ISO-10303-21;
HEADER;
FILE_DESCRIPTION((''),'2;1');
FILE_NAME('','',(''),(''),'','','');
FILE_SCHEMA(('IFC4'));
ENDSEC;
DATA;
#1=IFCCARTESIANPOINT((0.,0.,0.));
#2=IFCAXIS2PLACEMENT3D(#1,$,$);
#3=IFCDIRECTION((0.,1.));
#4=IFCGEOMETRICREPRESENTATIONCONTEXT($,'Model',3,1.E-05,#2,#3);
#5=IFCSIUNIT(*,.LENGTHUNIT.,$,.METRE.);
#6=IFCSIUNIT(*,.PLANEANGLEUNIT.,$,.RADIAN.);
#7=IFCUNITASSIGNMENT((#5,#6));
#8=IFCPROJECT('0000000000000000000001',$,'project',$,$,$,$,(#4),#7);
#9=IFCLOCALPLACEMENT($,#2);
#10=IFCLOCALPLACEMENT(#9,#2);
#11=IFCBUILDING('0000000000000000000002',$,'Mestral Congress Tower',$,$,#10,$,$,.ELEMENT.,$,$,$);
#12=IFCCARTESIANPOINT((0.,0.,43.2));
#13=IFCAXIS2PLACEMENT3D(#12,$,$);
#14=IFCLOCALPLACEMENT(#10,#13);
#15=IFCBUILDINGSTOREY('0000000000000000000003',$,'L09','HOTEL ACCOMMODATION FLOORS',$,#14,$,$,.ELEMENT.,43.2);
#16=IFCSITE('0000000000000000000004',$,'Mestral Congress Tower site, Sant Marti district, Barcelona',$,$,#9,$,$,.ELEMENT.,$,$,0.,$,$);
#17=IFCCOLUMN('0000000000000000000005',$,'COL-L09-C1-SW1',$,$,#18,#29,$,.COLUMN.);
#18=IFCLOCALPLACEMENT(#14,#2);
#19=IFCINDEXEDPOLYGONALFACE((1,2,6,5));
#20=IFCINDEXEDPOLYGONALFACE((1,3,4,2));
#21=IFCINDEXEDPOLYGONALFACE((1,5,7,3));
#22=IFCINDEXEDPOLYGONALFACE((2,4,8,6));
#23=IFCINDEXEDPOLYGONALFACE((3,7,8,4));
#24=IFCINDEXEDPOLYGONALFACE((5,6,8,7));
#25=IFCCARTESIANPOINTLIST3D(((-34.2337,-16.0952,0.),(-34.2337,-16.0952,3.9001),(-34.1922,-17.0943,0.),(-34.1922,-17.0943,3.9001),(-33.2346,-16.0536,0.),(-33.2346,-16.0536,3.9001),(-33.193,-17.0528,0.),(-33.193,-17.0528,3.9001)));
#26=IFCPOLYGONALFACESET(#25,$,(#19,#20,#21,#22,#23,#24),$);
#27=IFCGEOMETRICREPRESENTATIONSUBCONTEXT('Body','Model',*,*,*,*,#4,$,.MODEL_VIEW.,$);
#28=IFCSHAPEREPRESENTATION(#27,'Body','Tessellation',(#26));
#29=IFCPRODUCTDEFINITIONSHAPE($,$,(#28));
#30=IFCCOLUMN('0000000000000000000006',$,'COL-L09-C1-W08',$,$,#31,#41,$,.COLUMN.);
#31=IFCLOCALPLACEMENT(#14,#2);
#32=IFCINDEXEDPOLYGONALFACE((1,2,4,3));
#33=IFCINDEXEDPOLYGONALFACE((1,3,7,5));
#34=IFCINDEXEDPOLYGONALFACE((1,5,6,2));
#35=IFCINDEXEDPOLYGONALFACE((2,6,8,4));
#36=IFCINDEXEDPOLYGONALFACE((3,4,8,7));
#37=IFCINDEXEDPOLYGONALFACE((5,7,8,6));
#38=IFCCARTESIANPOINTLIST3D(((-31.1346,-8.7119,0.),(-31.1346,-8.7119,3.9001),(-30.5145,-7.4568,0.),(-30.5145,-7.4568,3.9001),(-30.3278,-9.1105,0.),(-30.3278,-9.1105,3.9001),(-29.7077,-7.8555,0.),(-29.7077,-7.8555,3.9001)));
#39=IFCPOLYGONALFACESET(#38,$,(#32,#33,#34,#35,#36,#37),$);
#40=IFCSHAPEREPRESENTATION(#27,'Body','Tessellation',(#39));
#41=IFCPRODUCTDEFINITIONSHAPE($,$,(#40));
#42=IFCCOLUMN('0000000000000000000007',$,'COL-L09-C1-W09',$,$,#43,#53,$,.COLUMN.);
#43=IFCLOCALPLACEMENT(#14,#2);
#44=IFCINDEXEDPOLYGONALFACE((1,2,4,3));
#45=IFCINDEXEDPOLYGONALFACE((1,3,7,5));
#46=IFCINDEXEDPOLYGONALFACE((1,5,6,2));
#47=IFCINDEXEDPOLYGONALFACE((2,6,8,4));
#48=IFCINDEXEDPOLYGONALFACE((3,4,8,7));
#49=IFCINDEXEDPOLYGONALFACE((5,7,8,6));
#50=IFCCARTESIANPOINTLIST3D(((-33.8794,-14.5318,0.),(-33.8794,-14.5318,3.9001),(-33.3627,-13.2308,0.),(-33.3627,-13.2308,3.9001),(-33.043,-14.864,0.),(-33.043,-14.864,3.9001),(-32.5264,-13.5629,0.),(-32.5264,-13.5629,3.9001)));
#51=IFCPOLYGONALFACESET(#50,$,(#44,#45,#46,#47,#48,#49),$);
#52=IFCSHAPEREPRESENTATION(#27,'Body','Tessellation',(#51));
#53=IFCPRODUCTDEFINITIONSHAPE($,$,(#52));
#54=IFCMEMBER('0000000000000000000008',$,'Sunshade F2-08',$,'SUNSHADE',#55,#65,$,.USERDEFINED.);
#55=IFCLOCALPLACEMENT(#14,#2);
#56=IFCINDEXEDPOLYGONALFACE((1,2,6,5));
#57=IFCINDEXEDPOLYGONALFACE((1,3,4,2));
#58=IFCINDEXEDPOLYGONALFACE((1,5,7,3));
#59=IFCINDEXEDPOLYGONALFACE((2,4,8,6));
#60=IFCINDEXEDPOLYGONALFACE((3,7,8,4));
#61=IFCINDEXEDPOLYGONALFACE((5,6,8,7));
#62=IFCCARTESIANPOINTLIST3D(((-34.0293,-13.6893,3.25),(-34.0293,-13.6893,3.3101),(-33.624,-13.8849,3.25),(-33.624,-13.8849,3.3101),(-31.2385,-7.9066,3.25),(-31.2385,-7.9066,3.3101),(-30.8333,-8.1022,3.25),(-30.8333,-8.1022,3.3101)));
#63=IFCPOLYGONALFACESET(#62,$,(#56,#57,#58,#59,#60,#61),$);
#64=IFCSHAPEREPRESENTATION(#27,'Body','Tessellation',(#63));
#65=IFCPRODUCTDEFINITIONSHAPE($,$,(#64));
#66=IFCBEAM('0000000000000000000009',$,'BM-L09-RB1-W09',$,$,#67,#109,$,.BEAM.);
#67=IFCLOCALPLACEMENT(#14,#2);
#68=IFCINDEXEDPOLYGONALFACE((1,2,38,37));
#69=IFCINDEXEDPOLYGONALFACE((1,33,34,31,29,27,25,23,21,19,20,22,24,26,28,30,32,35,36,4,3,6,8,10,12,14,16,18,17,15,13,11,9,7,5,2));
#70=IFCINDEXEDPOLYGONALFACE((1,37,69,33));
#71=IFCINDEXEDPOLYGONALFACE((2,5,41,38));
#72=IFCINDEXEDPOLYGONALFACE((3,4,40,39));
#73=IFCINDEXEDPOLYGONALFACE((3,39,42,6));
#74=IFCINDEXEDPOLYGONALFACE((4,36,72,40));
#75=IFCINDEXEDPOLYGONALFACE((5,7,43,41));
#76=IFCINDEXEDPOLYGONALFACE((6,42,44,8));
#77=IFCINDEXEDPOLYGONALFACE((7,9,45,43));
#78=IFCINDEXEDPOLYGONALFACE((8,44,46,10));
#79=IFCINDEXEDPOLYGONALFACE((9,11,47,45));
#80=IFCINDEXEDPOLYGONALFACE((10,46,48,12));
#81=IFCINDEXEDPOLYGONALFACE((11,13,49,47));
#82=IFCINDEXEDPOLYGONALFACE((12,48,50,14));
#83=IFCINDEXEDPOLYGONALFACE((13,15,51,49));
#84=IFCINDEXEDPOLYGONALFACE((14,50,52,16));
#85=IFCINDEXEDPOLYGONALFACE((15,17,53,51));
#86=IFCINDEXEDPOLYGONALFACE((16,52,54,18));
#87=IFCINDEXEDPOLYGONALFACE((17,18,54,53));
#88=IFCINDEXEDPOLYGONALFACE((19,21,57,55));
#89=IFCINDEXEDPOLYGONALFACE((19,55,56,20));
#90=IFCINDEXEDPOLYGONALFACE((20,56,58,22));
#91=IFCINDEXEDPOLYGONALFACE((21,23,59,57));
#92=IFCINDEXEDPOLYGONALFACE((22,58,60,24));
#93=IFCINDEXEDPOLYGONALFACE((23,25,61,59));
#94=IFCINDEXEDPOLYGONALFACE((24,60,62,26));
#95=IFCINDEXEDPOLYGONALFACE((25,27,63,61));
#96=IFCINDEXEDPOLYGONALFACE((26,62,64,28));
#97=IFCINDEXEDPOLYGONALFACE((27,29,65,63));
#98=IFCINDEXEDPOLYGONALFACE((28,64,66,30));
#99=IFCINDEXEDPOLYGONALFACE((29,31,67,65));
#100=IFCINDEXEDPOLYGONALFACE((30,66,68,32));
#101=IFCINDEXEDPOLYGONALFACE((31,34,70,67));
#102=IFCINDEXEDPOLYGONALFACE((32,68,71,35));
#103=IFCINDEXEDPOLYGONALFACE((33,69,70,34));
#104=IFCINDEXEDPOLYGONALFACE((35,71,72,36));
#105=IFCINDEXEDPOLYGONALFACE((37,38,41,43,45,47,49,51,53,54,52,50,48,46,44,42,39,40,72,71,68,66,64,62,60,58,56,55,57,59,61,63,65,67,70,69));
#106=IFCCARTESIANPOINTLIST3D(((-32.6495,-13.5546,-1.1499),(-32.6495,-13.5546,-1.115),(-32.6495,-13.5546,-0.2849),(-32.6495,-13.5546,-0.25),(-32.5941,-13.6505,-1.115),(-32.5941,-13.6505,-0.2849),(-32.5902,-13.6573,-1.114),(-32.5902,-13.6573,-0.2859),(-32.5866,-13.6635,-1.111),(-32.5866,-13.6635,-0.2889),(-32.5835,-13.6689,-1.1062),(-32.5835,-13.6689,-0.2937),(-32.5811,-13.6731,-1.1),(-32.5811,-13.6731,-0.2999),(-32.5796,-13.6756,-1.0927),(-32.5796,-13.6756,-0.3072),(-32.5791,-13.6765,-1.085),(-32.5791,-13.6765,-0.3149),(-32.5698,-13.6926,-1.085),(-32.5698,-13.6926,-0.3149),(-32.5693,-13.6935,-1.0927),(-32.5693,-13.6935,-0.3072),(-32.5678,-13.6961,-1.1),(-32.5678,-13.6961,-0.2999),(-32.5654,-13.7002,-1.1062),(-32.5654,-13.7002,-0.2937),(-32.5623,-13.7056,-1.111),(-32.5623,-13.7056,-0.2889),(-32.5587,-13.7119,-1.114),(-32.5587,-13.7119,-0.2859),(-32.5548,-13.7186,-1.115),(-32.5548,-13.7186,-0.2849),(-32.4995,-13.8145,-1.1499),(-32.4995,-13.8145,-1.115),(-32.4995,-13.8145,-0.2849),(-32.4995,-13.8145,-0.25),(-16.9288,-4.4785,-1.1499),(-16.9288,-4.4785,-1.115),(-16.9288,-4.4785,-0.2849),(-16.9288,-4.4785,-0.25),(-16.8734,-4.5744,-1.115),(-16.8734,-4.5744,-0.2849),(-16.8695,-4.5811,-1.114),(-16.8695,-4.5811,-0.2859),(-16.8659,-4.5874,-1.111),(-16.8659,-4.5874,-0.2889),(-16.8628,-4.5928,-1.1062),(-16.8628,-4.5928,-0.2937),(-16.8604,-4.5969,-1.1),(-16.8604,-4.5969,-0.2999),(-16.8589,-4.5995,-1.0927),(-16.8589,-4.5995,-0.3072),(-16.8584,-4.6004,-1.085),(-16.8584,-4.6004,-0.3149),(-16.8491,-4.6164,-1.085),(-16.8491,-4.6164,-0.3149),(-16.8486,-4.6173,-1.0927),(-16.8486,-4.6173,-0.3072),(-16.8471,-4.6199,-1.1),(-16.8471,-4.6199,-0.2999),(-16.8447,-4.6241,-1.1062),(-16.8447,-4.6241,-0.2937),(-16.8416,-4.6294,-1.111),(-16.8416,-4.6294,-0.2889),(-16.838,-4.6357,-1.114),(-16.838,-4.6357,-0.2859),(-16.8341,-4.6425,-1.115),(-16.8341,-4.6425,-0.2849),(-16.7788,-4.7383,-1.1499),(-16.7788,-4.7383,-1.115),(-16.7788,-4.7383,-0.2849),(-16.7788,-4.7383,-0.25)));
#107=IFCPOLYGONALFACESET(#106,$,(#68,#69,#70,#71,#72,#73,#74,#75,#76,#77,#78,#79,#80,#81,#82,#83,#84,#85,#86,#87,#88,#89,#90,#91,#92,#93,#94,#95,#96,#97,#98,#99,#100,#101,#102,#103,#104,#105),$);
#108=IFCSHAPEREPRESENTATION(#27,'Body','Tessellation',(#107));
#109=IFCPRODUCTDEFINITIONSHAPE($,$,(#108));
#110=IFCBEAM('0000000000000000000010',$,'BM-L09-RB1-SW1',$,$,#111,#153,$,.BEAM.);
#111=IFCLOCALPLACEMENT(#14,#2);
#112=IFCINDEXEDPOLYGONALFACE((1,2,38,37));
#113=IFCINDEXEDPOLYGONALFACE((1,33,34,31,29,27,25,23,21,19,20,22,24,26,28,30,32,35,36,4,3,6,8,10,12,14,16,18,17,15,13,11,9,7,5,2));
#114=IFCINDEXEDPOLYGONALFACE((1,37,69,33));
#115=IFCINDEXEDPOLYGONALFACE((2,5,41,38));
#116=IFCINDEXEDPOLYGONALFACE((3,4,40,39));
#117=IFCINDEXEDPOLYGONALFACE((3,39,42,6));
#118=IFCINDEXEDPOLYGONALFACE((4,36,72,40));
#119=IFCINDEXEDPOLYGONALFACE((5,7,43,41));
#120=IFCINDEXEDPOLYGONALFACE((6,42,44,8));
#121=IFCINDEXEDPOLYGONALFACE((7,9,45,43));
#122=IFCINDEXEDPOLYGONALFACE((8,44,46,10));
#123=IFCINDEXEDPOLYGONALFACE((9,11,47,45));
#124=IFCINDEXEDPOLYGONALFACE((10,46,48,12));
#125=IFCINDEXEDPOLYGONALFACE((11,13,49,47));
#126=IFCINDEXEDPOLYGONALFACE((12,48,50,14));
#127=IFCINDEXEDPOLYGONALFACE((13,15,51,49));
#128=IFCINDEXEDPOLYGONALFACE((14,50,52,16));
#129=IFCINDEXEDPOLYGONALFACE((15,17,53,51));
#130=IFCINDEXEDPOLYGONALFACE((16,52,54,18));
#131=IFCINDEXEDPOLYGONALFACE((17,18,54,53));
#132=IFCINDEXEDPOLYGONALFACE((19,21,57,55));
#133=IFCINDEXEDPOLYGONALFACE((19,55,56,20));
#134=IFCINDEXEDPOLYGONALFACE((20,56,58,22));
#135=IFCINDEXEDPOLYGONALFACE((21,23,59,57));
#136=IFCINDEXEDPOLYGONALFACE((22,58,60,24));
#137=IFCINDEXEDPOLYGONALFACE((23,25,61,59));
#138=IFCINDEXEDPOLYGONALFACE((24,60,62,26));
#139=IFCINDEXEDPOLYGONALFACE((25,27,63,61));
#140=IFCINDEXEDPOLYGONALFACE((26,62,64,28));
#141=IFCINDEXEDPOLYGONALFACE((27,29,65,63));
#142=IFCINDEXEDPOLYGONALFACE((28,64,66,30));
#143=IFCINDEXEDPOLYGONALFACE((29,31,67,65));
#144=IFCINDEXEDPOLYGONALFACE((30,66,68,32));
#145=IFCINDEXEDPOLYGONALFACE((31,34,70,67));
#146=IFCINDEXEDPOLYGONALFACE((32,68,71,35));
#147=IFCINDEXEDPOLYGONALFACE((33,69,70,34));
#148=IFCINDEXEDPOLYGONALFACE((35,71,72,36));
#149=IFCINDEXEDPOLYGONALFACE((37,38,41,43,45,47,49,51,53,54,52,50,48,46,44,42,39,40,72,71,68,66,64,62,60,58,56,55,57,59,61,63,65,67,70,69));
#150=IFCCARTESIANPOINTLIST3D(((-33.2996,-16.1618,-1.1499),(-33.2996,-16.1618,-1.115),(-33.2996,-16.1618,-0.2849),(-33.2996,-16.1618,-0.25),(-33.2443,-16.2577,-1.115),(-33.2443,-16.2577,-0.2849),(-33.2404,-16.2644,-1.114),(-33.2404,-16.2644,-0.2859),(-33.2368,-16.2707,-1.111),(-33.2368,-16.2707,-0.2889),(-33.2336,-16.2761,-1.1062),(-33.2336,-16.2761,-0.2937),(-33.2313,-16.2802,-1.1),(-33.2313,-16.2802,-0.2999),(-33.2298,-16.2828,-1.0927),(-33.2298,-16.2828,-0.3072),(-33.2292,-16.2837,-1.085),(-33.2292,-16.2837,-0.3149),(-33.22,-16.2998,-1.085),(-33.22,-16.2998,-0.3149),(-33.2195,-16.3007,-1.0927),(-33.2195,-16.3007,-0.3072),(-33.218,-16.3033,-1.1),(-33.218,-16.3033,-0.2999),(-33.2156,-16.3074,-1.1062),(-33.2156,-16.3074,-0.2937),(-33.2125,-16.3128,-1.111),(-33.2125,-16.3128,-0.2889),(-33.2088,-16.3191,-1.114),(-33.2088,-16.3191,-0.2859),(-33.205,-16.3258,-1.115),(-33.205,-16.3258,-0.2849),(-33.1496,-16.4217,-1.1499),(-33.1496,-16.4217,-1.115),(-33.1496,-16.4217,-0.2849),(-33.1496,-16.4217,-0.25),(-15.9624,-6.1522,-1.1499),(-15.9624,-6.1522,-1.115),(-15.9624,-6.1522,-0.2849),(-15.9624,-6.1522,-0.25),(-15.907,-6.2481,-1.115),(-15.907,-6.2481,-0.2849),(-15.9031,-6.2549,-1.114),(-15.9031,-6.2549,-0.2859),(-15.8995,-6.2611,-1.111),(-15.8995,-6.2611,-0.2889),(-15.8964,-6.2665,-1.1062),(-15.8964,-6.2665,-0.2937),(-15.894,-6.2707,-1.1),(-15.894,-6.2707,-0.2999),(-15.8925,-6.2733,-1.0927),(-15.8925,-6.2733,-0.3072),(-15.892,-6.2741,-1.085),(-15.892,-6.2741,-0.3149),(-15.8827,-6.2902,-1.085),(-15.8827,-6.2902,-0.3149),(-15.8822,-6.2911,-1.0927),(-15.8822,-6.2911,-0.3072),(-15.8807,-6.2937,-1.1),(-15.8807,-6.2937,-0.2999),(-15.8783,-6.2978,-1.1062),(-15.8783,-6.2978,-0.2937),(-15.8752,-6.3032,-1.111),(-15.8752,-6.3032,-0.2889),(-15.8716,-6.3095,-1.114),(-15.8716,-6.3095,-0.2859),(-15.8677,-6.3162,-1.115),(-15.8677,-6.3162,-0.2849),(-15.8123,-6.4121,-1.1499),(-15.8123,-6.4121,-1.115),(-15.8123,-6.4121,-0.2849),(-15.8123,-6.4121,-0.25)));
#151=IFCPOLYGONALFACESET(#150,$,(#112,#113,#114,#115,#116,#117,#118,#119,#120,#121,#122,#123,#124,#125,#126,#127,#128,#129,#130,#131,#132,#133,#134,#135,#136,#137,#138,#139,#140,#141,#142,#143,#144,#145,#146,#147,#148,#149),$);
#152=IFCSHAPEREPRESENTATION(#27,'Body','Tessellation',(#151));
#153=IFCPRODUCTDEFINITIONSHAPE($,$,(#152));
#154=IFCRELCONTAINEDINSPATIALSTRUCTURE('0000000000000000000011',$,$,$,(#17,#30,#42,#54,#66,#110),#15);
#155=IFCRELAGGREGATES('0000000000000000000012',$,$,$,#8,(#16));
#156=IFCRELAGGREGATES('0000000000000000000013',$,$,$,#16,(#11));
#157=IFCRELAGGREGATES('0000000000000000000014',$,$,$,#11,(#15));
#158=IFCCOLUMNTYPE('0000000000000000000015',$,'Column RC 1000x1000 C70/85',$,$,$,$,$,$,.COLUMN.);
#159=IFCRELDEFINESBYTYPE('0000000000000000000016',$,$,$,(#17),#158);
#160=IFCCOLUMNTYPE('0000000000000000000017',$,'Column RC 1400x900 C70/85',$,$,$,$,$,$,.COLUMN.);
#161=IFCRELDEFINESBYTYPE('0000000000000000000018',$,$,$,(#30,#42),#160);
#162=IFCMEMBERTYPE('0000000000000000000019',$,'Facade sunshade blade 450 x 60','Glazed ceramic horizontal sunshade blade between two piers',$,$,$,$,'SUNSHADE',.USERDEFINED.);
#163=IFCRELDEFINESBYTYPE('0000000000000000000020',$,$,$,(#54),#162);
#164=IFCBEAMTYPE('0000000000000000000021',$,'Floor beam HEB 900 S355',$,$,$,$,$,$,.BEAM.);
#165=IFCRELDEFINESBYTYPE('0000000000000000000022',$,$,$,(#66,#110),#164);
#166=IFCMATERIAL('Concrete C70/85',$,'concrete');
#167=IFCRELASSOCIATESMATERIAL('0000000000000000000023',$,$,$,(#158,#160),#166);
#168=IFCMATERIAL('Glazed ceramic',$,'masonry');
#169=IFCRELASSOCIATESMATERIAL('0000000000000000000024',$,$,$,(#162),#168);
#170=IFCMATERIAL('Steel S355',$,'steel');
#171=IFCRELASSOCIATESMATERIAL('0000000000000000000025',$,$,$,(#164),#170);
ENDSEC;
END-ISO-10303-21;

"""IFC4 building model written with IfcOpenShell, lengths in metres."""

from ifc_helpers import new_model, si_unit, direction, frame, origin, origin_2d, place, context, subcontext, project, spatial, rectangle, i_section, extrude, material, material_profile, profile_set, type_object, element, save


model = new_model("IFC4")

# Units and contexts
model_context = context("Model", 3, precision=1e-05, world=origin(), true_north=direction((0.0, 1.0)))
body_context = subcontext(model_context, "Body", "Model", "MODEL_VIEW")
ifc_project = project(units=[si_unit("LENGTHUNIT", "METRE"), si_unit("PLANEANGLEUNIT", "RADIAN")], contexts=[model_context])

# Site, building, storey
site_placement = place(None, origin())
site = spatial("IfcSite", under=ifc_project, at=site_placement, Name="Mestral Congress Tower site, Sant Marti district, Barcelona", CompositionType="ELEMENT", RefElevation=0.0)
building_placement = place(site_placement, origin())
building = spatial("IfcBuilding", under=site, at=building_placement, Name="Mestral Congress Tower", CompositionType="ELEMENT")
storey_placement = place(building_placement, frame((0.0, 0.0, 43.2)))
storey = spatial("IfcBuildingStorey", under=building, at=storey_placement, Name="L09", Description="HOTEL ACCOMMODATION FLOORS", CompositionType="ELEMENT", Elevation=43.2)

# Columns
ifc_material_1 = material(Name="Concrete C70/85", Category="concrete")
ifc_material_profile_1 = material_profile(ifc_material_1, rectangle(XDim=1.0, YDim=1.0, at=origin_2d()), Name="RC 1000x1000")
ifc_profile_set_1 = profile_set([ifc_material_profile_1], Name="Concrete C70/85")
column_type_1 = type_object("IfcColumnType", Name="Column RC 1000x1000 C70/85", PredefinedType="COLUMN", material=ifc_profile_set_1)
column_placement = place(storey_placement, frame((-33.7134, -16.574, 0.0), z_axis=(0.0, 0.0, 1.0), x_axis=(0.041583, -0.999135, 0.0)))
element("IfcColumn", 1, at=column_placement, inside=storey, type_object=column_type_1, Name="COL-L09-C1-SW1", PredefinedType="COLUMN", context=body_context, shape_type="SweptSolid", body=[
    extrude(rectangle(XDim=1.0, YDim=1.0, at=origin_2d()), origin(), (0.0, 0.0, 1.0), 3.9001),
])
ifc_material_profile_2 = material_profile(ifc_material_1, rectangle(XDim=1.3999, YDim=0.8999, at=origin_2d()), Name="RC 1400x900")
ifc_profile_set_2 = profile_set([ifc_material_profile_2], Name="Concrete C70/85")
column_type_2 = type_object("IfcColumnType", Name="Column RC 1400x900 C70/85", PredefinedType="COLUMN", material=ifc_profile_set_2)
for number, where, z_axis, x_axis, name in (
    (2, (-30.4211, -8.2837, 0.0), (0.0, 0.0, 1.0), (-0.442959, -0.896542, 0.0), "COL-L09-C1-W08"),
    (3, (-33.2029, -14.0474, 0.0), (0.0, 0.0, 1.0), (-0.36909, -0.929394, 0.0), "COL-L09-C1-W09"),
):
    element("IfcColumn", number, at=place(storey_placement, frame(where, z_axis=z_axis, x_axis=x_axis)), inside=storey, type_object=column_type_2, Name=name, PredefinedType="COLUMN", context=body_context, shape_type="SweptSolid", body=[
        extrude(rectangle(XDim=1.3999, YDim=0.8999, at=origin_2d()), origin(), (0.0, 0.0, 1.0), 3.9001),
    ])

# Member
ifc_material_2 = material(Name="Glazed ceramic", Category="masonry")
ifc_material_profile_3 = material_profile(ifc_material_2, rectangle(XDim=0.45, YDim=0.0601, at=origin_2d()), Name="Ceramic blade 450 x 60")
ifc_profile_set_3 = profile_set([ifc_material_profile_3], Name="Glazed ceramic")
member_type = type_object("IfcMemberType", Name="Facade sunshade blade 450 x 60", Description="Glazed ceramic horizontal sunshade blade between two piers", ElementType="SUNSHADE", PredefinedType="USERDEFINED", material=ifc_profile_set_3)
member_placement = place(storey_placement, frame((-31.0359, -8.0044, 3.28), z_axis=(-0.434637, -0.900606, 0.0), x_axis=(0.900606, -0.434637, 0.0)))
element("IfcMember", 4, at=member_placement, inside=storey, type_object=member_type, Name="Sunshade F2-08", ObjectType="SUNSHADE", PredefinedType="USERDEFINED", context=body_context, shape_type="SweptSolid", body=[
    extrude(rectangle(XDim=0.45, YDim=0.0601, at=origin_2d()), origin(), (0.0, 0.0, 1.0), 6.4209),
])

# Beams
ifc_material_3 = material(Name="Steel S355", Category="steel")
ifc_material_profile_4 = material_profile(ifc_material_3, i_section(OverallWidth=0.3, OverallDepth=0.8999, WebThickness=0.0186, FlangeThickness=0.0349, FilletRadius=0.03, at=origin_2d()), Name="HEB 900")
ifc_profile_set_4 = profile_set([ifc_material_profile_4], Name="Steel S355")
beam_type_1 = type_object("IfcBeamType", Name="Floor beam HEB 900 S355", PredefinedType="BEAM", material=ifc_profile_set_4)
beam_1_placement = place(storey_placement, frame((-32.5745, -13.6846, -0.7), z_axis=(0.86603, 0.499993, 0.0), x_axis=(-0.499993, 0.86603, 0.0)))
element("IfcBeam", 5, at=beam_1_placement, inside=storey, type_object=beam_type_1, Name="BM-L09-RB1-W09", PredefinedType="BEAM", context=body_context, shape_type="SweptSolid", body=[
    extrude(i_section(OverallWidth=0.3, OverallDepth=0.8999, WebThickness=0.0186, FlangeThickness=0.0349, FilletRadius=0.03, at=origin_2d()), origin(), (0.0, 0.0, 1.0), 18.1526),
])
beam_2_placement = place(storey_placement, frame((-33.2246, -16.2917, -0.7), z_axis=(0.866027, 0.499997, 0.0), x_axis=(-0.499997, 0.866027, 0.0)))
element("IfcBeam", 6, at=beam_2_placement, inside=storey, type_object=beam_type_1, Name="BM-L09-RB1-SW1", PredefinedType="BEAM", context=body_context, shape_type="SweptSolid", body=[
    extrude(i_section(OverallWidth=0.3, OverallDepth=0.8999, WebThickness=0.0186, FlangeThickness=0.0349, FilletRadius=0.03, at=origin_2d()), origin(), (0.0, 0.0, 1.0), 20.0193),
])

save(model, "model.ifc")
